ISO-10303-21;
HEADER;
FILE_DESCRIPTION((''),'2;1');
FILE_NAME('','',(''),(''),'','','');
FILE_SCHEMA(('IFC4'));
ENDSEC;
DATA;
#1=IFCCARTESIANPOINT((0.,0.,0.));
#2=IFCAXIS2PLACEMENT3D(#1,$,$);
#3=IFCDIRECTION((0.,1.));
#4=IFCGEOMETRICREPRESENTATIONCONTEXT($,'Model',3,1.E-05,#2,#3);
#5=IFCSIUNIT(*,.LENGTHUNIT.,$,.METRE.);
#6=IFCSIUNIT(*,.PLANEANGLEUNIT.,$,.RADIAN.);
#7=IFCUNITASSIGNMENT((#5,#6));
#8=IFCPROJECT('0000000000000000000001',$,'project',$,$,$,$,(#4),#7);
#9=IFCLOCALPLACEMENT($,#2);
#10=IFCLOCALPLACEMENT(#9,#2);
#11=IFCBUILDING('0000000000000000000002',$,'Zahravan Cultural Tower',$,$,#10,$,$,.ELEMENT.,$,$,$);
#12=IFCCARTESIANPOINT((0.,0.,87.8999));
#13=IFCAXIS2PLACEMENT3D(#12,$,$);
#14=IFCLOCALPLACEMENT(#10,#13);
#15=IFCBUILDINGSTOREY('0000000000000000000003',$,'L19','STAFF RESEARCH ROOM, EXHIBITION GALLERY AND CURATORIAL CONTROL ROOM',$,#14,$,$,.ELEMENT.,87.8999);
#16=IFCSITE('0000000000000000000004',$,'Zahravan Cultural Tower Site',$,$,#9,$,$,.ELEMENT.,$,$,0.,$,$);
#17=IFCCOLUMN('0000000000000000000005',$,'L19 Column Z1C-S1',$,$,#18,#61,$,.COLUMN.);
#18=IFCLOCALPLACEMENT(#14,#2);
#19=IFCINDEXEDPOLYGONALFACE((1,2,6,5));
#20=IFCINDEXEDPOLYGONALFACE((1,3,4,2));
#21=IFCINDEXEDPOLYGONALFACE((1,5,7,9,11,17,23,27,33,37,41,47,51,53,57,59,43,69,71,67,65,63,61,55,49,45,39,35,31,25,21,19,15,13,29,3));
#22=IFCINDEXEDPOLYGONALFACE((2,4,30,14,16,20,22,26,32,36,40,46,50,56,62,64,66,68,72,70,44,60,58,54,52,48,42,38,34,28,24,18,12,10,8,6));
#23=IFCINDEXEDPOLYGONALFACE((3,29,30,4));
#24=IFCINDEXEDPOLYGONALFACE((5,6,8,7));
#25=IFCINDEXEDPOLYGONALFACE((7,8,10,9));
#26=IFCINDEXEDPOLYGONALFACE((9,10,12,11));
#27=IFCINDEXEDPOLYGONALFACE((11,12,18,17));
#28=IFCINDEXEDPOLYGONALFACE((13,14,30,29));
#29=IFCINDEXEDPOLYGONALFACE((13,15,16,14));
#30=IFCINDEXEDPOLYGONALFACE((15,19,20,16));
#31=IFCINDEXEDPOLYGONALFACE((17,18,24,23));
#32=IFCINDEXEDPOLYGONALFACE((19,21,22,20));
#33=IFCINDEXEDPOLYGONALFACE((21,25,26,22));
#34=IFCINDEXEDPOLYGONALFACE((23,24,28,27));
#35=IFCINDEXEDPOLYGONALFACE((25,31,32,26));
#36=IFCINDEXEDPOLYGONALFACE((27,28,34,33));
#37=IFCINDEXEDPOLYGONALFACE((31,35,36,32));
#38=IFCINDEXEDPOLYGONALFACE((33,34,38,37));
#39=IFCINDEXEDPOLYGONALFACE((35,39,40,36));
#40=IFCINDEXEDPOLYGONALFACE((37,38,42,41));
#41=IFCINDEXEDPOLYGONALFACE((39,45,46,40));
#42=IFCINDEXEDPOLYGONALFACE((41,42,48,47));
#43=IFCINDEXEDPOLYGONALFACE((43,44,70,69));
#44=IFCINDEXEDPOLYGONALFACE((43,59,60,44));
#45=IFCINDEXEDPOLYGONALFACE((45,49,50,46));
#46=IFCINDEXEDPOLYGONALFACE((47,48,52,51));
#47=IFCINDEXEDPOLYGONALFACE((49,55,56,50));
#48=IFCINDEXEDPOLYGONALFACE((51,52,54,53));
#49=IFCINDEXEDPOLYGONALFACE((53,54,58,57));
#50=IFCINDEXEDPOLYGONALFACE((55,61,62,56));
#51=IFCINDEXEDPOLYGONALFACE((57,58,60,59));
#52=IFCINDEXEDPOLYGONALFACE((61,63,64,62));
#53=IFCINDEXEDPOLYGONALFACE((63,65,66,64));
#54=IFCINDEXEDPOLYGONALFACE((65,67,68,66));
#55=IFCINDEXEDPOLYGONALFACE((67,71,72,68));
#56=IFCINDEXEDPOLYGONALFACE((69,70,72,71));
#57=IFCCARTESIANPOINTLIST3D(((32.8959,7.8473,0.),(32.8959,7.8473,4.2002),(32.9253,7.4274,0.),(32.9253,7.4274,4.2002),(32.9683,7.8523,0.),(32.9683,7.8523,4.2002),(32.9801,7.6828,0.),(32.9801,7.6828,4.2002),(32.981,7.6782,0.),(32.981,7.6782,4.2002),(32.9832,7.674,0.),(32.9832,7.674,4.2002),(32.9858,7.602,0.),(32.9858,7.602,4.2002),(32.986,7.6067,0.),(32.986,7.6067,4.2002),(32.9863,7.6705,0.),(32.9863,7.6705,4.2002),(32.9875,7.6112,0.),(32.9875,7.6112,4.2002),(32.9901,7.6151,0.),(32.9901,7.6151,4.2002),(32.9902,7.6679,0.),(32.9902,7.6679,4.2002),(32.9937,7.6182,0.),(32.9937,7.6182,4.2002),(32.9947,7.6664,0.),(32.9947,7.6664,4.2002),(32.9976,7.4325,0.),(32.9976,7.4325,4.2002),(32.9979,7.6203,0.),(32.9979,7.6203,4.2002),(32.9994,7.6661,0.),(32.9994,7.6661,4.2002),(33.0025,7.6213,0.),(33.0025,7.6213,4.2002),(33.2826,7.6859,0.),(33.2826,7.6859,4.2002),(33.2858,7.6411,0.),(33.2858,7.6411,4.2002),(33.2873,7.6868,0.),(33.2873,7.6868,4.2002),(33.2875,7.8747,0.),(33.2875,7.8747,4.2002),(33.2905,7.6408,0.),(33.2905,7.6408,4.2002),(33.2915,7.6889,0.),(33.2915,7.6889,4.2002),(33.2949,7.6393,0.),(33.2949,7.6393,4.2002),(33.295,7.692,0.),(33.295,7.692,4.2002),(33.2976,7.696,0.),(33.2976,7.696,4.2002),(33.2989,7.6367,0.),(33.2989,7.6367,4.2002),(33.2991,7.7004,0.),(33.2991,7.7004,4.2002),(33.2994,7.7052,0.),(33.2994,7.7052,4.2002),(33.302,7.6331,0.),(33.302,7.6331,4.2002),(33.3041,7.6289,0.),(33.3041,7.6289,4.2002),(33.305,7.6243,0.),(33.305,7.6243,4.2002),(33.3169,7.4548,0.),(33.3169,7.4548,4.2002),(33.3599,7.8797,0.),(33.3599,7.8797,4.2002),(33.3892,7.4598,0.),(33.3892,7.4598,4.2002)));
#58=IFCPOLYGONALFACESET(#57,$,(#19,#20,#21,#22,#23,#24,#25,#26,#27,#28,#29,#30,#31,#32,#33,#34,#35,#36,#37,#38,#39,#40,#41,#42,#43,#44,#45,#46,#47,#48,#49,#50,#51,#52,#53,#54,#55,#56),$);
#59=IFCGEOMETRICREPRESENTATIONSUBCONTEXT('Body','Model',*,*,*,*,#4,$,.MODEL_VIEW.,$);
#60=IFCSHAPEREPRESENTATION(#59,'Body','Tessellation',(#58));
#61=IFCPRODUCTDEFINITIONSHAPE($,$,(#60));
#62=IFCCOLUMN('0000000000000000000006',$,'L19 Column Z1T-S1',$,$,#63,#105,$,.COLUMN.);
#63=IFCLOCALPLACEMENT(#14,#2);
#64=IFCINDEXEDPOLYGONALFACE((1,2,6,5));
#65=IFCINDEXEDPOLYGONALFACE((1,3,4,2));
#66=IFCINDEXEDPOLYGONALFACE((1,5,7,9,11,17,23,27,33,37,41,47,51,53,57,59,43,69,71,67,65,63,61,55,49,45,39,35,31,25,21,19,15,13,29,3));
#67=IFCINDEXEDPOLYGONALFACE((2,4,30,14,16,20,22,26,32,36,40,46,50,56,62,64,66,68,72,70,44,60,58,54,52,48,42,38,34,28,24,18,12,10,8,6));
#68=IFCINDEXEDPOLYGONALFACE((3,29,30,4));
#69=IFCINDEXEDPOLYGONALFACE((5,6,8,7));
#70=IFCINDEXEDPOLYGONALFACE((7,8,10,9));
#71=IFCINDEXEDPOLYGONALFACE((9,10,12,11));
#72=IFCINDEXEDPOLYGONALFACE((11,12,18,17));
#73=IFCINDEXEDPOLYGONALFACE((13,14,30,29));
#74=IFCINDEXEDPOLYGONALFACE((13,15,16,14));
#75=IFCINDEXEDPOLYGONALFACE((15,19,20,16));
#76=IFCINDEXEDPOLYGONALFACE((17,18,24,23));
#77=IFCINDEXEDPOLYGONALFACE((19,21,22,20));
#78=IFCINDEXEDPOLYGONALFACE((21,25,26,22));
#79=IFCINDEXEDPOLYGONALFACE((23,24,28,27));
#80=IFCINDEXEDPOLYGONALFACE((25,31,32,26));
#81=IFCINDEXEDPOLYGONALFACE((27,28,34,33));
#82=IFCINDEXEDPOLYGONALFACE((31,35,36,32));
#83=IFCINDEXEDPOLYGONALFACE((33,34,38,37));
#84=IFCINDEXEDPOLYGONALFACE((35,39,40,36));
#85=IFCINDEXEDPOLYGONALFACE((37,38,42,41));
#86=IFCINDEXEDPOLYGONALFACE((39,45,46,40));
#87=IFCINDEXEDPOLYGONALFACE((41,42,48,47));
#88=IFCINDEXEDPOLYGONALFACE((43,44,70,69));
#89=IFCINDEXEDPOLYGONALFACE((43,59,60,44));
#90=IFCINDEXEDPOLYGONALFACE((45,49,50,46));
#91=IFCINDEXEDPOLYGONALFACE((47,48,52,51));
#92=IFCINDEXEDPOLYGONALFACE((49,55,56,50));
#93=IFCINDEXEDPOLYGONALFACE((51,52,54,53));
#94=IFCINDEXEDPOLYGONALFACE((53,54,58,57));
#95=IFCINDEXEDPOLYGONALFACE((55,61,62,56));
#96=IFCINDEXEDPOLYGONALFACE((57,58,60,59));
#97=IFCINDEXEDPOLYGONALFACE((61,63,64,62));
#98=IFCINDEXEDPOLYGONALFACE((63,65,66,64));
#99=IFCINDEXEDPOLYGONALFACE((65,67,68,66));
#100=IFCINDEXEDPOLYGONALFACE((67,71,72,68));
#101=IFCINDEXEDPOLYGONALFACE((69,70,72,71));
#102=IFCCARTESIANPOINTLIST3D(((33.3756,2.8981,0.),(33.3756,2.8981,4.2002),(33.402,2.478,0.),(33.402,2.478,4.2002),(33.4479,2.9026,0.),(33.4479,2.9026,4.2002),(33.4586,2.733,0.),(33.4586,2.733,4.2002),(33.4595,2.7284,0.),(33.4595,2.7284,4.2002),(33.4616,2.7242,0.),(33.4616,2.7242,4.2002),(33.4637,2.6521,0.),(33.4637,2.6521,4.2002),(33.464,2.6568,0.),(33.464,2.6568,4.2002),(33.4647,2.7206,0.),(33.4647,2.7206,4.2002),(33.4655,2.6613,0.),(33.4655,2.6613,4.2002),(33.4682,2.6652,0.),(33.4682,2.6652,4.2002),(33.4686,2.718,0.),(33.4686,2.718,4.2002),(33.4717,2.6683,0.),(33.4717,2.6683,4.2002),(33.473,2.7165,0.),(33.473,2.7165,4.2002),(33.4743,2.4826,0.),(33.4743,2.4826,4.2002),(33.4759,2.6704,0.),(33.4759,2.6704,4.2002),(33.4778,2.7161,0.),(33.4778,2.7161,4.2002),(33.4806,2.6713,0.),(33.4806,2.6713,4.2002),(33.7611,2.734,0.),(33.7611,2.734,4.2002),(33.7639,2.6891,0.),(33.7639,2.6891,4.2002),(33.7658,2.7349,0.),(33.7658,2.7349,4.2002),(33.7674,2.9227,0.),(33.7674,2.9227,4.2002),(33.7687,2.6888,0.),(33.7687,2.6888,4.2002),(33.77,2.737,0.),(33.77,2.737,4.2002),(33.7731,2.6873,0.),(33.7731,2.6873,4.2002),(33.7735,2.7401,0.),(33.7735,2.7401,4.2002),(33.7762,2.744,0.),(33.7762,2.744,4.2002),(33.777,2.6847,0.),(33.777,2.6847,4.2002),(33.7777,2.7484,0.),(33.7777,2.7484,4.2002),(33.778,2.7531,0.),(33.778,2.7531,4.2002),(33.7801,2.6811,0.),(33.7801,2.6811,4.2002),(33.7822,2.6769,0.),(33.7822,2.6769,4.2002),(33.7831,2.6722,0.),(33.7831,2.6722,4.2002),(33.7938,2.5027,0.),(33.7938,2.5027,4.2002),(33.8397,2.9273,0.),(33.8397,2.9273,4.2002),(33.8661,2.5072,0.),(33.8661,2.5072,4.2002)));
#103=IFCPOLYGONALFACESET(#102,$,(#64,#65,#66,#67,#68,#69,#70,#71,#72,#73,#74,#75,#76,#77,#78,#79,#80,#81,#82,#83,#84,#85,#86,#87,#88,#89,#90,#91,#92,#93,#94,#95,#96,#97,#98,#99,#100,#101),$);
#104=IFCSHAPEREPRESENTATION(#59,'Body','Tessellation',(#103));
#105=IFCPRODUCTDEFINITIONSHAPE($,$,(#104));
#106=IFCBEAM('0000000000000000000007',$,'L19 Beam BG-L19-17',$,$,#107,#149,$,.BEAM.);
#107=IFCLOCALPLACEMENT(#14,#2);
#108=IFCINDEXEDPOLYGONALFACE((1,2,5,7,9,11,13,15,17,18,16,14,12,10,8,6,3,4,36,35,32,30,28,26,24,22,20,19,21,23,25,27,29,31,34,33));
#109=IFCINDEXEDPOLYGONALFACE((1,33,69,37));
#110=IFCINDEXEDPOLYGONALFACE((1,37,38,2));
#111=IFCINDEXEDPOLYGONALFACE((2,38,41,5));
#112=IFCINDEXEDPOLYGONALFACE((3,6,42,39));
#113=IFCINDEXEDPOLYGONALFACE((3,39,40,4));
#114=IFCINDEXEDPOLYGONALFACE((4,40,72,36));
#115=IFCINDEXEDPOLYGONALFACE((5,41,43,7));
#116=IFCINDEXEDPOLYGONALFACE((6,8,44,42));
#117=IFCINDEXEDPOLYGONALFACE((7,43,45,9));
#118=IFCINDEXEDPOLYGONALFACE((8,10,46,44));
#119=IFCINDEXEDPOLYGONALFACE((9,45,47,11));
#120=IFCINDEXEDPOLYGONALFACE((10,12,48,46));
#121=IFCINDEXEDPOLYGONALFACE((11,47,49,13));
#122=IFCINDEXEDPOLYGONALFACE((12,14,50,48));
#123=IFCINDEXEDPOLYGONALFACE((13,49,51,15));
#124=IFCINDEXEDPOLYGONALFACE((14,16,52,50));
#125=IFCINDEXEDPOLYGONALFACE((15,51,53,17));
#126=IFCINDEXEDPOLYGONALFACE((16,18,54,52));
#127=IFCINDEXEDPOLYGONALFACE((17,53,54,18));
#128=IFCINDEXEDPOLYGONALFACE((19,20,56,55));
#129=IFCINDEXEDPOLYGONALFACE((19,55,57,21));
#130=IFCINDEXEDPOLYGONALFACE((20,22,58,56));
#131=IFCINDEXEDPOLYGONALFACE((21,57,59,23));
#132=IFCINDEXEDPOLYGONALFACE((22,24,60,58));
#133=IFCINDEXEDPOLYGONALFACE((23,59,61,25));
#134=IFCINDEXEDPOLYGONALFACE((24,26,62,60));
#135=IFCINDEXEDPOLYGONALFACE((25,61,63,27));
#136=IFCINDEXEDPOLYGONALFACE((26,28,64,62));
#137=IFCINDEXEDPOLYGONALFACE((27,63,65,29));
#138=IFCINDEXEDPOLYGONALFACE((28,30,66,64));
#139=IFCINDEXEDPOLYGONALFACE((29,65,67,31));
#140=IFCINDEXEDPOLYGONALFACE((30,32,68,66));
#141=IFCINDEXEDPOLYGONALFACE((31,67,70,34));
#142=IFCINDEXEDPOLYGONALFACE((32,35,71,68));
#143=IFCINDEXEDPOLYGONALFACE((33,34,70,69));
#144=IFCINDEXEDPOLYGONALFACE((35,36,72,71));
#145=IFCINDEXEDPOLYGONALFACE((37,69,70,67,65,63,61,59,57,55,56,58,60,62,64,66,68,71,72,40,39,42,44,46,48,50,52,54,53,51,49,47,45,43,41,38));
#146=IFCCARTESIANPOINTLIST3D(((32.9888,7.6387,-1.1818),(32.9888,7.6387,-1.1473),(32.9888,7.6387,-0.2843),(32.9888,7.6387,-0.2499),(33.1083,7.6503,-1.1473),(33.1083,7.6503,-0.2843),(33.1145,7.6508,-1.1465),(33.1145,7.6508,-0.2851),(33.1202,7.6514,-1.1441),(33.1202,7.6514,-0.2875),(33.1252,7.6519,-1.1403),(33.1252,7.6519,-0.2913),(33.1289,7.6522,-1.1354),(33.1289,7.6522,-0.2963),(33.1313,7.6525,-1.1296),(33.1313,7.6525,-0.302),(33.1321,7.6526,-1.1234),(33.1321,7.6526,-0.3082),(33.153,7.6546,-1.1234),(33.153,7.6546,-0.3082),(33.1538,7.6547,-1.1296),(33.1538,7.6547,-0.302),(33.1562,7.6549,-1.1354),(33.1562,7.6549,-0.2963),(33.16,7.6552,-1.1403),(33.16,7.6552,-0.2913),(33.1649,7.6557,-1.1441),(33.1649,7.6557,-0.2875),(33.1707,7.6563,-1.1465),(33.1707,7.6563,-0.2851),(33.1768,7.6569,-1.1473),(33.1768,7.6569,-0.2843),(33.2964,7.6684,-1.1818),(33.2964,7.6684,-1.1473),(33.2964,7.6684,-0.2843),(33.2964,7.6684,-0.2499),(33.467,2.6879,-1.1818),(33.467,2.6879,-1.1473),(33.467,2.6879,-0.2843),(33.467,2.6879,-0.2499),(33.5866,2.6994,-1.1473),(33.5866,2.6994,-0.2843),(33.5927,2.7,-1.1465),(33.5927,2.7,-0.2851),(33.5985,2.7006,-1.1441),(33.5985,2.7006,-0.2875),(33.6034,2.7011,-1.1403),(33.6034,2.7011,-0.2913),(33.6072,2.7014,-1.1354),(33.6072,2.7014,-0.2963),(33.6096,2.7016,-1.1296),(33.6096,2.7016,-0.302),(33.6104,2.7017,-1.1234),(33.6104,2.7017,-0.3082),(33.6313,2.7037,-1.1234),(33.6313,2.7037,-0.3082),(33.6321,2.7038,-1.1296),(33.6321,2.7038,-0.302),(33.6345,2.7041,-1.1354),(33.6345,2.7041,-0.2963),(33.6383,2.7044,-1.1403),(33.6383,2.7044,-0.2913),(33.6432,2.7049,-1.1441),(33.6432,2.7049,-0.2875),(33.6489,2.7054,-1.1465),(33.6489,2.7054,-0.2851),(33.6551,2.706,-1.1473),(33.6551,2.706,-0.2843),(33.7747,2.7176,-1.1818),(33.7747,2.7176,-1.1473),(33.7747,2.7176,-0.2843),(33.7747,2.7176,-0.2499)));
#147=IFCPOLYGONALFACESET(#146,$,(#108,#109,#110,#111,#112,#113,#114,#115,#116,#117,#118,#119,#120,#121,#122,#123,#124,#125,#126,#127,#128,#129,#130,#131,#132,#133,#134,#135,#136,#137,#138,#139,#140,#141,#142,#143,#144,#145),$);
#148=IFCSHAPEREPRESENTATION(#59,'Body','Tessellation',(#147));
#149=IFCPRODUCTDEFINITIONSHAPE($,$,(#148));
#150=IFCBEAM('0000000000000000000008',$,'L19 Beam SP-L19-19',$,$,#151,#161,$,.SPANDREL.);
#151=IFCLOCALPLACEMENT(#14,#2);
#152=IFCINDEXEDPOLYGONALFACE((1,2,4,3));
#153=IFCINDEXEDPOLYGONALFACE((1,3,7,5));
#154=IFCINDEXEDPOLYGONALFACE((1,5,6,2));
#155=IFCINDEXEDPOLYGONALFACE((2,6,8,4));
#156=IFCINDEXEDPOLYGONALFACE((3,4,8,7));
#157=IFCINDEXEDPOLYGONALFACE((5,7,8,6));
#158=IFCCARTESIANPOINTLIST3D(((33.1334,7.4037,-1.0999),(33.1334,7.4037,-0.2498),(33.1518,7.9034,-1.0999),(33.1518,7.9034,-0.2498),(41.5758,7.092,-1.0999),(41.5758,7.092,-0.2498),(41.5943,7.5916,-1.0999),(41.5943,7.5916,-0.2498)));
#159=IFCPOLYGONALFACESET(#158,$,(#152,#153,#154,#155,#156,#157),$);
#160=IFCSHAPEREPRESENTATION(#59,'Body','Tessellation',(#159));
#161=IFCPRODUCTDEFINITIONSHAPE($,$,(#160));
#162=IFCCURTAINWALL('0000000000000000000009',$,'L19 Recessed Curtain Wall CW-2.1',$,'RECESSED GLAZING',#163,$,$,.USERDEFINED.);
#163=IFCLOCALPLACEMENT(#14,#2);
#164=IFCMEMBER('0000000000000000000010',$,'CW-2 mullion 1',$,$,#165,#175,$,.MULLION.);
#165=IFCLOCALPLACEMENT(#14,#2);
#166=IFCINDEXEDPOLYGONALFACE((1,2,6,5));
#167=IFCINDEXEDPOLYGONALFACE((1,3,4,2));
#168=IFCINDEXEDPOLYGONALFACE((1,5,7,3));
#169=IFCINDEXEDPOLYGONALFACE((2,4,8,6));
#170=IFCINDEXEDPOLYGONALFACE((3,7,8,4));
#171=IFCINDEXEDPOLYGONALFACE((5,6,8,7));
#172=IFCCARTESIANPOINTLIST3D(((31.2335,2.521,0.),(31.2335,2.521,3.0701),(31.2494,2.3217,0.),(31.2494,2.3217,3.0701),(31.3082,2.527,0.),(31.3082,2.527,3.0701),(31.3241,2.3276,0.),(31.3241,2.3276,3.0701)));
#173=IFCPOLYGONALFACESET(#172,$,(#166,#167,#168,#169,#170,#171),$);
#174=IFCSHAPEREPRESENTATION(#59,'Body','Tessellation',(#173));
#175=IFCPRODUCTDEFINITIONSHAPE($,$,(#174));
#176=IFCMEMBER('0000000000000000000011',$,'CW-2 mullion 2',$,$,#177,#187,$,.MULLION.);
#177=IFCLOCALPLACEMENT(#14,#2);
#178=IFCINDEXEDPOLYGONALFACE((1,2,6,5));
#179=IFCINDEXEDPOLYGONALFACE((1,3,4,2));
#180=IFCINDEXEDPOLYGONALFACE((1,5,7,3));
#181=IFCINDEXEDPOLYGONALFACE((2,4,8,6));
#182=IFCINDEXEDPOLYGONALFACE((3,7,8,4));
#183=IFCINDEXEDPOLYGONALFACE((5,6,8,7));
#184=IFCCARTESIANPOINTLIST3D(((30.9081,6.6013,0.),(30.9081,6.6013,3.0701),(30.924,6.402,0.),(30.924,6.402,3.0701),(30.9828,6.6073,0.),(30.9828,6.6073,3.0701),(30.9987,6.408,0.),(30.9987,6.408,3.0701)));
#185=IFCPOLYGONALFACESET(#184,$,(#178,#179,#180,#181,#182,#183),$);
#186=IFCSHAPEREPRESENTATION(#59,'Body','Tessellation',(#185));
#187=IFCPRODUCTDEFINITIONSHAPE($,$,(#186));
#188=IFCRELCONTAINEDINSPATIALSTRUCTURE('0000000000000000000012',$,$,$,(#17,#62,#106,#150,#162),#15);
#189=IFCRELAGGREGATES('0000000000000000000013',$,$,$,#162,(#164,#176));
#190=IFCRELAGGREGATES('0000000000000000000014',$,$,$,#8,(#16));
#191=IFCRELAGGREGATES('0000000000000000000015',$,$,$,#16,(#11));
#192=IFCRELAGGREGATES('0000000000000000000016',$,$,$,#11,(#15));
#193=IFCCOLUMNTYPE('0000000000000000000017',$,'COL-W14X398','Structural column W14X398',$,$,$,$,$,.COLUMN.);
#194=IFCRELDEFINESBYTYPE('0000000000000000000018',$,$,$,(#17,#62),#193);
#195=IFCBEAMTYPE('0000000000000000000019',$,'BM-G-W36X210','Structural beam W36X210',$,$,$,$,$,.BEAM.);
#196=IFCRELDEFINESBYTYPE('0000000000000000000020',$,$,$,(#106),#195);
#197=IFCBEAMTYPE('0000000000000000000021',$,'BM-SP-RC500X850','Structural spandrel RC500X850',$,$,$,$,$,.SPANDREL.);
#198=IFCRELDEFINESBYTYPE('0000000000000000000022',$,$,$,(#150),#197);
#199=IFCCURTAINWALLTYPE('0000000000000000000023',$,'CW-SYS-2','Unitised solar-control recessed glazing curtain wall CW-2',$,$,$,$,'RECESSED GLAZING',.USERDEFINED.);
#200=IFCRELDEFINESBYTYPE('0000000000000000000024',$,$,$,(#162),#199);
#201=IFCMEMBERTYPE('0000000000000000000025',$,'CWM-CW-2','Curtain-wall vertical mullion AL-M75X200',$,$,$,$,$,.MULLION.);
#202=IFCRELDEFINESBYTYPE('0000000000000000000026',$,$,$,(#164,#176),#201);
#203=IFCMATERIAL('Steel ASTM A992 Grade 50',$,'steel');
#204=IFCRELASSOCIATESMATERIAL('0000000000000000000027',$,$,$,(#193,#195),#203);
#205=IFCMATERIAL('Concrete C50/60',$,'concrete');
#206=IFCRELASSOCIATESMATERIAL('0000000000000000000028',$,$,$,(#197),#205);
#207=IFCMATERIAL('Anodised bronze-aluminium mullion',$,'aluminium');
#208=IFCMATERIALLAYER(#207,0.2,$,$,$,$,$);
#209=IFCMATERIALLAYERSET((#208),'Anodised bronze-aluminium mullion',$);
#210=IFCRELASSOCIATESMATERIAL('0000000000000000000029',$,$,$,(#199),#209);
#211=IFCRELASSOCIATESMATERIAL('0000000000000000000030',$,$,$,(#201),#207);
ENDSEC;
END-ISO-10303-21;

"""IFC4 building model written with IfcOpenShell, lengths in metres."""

from ifc_helpers import new_model, si_unit, direction, frame, origin, origin_2d, place, context, subcontext, project, spatial, rectangle, i_section, extrude, source, transform, mapped, material, layer, layer_set, material_profile, profile_set, type_object, element, aggregate, save


model = new_model("IFC4")

# Units and contexts
model_context = context("Model", 3, precision=1e-05, world=origin(), true_north=direction((0.0, 1.0)))
body_context = subcontext(model_context, "Body", "Model", "MODEL_VIEW")
ifc_project = project(units=[si_unit("LENGTHUNIT", "METRE"), si_unit("PLANEANGLEUNIT", "RADIAN")], contexts=[model_context])

# Site, building, storey
site_placement = place(None, origin())
site = spatial("IfcSite", under=ifc_project, at=site_placement, Name="Zahravan Cultural Tower Site", CompositionType="ELEMENT", RefElevation=0.0)
building_placement = place(site_placement, origin())
building = spatial("IfcBuilding", under=site, at=building_placement, Name="Zahravan Cultural Tower", CompositionType="ELEMENT")
storey_placement = place(building_placement, frame((0.0, 0.0, 87.8999)))
storey = spatial("IfcBuildingStorey", under=building, at=storey_placement, Name="L19", Description="STAFF RESEARCH ROOM, EXHIBITION GALLERY AND CURATORIAL CONTROL ROOM", CompositionType="ELEMENT", Elevation=87.8999)

# Columns
ifc_material_1 = material(Name="Steel ASTM A992 Grade 50", Category="steel")
ifc_material_profile_1 = material_profile(ifc_material_1, i_section(OverallWidth=0.4209, OverallDepth=0.4651, WebThickness=0.0449, FlangeThickness=0.0725, FilletRadius=0.0181, at=origin_2d()), Name="W14X398")
ifc_profile_set_1 = profile_set([ifc_material_profile_1], Name="Steel ASTM A992 Grade 50")
column_type = type_object("IfcColumnType", Name="COL-W14X398", Description="Structural column W14X398", PredefinedType="COLUMN", material=ifc_profile_set_1)
shared_shape_1 = source(origin(), body_context, "Body", "SweptSolid", [
    extrude(i_section(OverallWidth=0.4209, OverallDepth=0.4651, WebThickness=0.0449, FlangeThickness=0.0725, FilletRadius=0.0181, at=origin_2d()), origin(), (0.0, 0.0, 1.0), 4.2002),
])
for number, where, z_axis, x_axis, name in (
    (1, (33.1426, 7.6536, 0.0), (0.0, 0.0, 1.0), (-0.069756, 0.997564, 0.0), "L19 Column Z1C-S1"),
    (2, (33.6208, 2.7026, 0.0), (0.0, 0.0, 1.0), (-0.062791, 0.998027, 0.0), "L19 Column Z1T-S1"),
):
    element("IfcColumn", number, at=place(storey_placement, frame(where, z_axis=z_axis, x_axis=x_axis)), inside=storey, type_object=column_type, Name=name, PredefinedType="COLUMN", context=body_context, shape_type="MappedRepresentation", body=[
        mapped(shared_shape_1, transform((0.0, 0.0, 0.0), x_axis=(1.0, 0.0, 0.0), y_axis=(0.0, 1.0, 0.0), z_axis=(0.0, 0.0, 1.0), scale=1.0)),
    ])

# Beams
ifc_material_profile_2 = material_profile(ifc_material_1, i_section(OverallWidth=0.3091, OverallDepth=0.9319, WebThickness=0.021, FlangeThickness=0.0344, FilletRadius=0.0239, at=origin_2d()), Name="W36X210")
ifc_profile_set_2 = profile_set([ifc_material_profile_2], Name="Steel ASTM A992 Grade 50")
beam_type_1 = type_object("IfcBeamType", Name="BM-G-W36X210", Description="Structural beam W36X210", PredefinedType="BEAM", material=ifc_profile_set_2)
shared_shape_2 = source(origin(), body_context, "Body", "SweptSolid", [
    extrude(i_section(OverallWidth=0.3091, OverallDepth=0.9319, WebThickness=0.021, FlangeThickness=0.0344, FilletRadius=0.0239, at=origin_2d()), origin(), (0.0, 0.0, 1.0), 4.9739),
])
beam_1_placement = place(storey_placement, frame((33.1426, 7.6536, -0.7158), z_axis=(0.096155, -0.995366, 0.0), x_axis=(0.995366, 0.096155, 0.0)))
element("IfcBeam", 3, at=beam_1_placement, inside=storey, type_object=beam_type_1, Name="L19 Beam BG-L19-17", PredefinedType="BEAM", context=body_context, shape_type="MappedRepresentation", body=[
    mapped(shared_shape_2, transform((0.0, 0.0, 0.0), x_axis=(1.0, 0.0, 0.0), y_axis=(0.0, 1.0, 0.0), z_axis=(0.0, 0.0, 1.0), scale=1.0)),
])
ifc_material_2 = material(Name="Concrete C50/60", Category="concrete")
ifc_material_profile_3 = material_profile(ifc_material_2, rectangle(XDim=0.5, YDim=0.8501, at=origin_2d()), Name="RC500X850")
ifc_profile_set_3 = profile_set([ifc_material_profile_3], Name="Concrete C50/60")
beam_type_2 = type_object("IfcBeamType", Name="BM-SP-RC500X850", Description="Structural spandrel RC500X850", PredefinedType="SPANDREL", material=ifc_profile_set_3)
shared_shape_3 = source(origin(), body_context, "Body", "SweptSolid", [
    extrude(rectangle(XDim=0.5, YDim=0.8501, at=origin_2d()), origin(), (0.0, 0.0, 1.0), 8.4482),
])
beam_2_placement = place(storey_placement, frame((33.1426, 7.6536, -0.6748), z_axis=(0.999319, -0.036904, 0.0), x_axis=(0.036904, 0.999319, 0.0)))
element("IfcBeam", 4, at=beam_2_placement, inside=storey, type_object=beam_type_2, Name="L19 Beam SP-L19-19", PredefinedType="SPANDREL", context=body_context, shape_type="MappedRepresentation", body=[
    mapped(shared_shape_3, transform((0.0, 0.0, 0.0), x_axis=(1.0, 0.0, 0.0), y_axis=(0.0, 1.0, 0.0), z_axis=(0.0, 0.0, 1.0), scale=1.0)),
])

# Curtain wall, members
ifc_material_3 = material(Name="Anodised bronze-aluminium mullion", Category="aluminium")
ifc_layer_1 = layer(ifc_material_3, 0.2)
ifc_layer_set_1 = layer_set([ifc_layer_1], Name="Anodised bronze-aluminium mullion")
curtain_wall_type = type_object("IfcCurtainWallType", Name="CW-SYS-2", Description="Unitised solar-control recessed glazing curtain wall CW-2", ElementType="RECESSED GLAZING", PredefinedType="USERDEFINED", material=ifc_layer_set_1)
curtain_wall_placement = place(storey_placement, origin())
curtain_wall = element("IfcCurtainWall", 5, at=curtain_wall_placement, inside=storey, type_object=curtain_wall_type, Name="L19 Recessed Curtain Wall CW-2.1", ObjectType="RECESSED GLAZING", PredefinedType="USERDEFINED")
ifc_material_profile_4 = material_profile(ifc_material_3, rectangle(XDim=0.075, YDim=0.2, at=origin_2d()), Name="AL-M75X200")
ifc_profile_set_4 = profile_set([ifc_material_profile_4], Name="Anodised bronze-aluminium mullion")
member_type_1 = type_object("IfcMemberType", Name="CWM-CW-2", Description="Curtain-wall vertical mullion AL-M75X200", PredefinedType="MULLION", material=ifc_profile_set_4)
shared_shape_4 = source(origin(), body_context, "Body", "SweptSolid", [
    extrude(rectangle(XDim=0.075, YDim=0.2, at=origin_2d()), origin(), (0.0, 0.0, 1.0), 3.0701),
])
member_1_placement = place(storey_placement, frame((31.2788, 2.4243, 0.0), z_axis=(0.0, 0.0, 1.0), x_axis=(-0.996835, -0.079501, 0.0)))
member_1 = element("IfcMember", 6, at=member_1_placement, type_object=member_type_1, Name="CW-2 mullion 1", PredefinedType="MULLION", context=body_context, shape_type="MappedRepresentation", body=[
    mapped(shared_shape_4, transform((0.0, 0.0, 0.0), x_axis=(1.0, 0.0, 0.0), y_axis=(0.0, 1.0, 0.0), z_axis=(0.0, 0.0, 1.0), scale=1.0)),
])
member_2_placement = place(storey_placement, frame((30.9534, 6.5046, 0.0), z_axis=(0.0, 0.0, 1.0), x_axis=(-0.996835, -0.079501, 0.0)))
member_2 = element("IfcMember", 7, at=member_2_placement, type_object=member_type_1, Name="CW-2 mullion 2", PredefinedType="MULLION", context=body_context, shape_type="MappedRepresentation", body=[
    mapped(shared_shape_4, transform((0.0, 0.0, 0.0), x_axis=(1.0, 0.0, 0.0), y_axis=(0.0, 1.0, 0.0), z_axis=(0.0, 0.0, 1.0), scale=1.0)),
])
aggregate(curtain_wall, [member_1, member_2])

save(model, "model.ifc")
